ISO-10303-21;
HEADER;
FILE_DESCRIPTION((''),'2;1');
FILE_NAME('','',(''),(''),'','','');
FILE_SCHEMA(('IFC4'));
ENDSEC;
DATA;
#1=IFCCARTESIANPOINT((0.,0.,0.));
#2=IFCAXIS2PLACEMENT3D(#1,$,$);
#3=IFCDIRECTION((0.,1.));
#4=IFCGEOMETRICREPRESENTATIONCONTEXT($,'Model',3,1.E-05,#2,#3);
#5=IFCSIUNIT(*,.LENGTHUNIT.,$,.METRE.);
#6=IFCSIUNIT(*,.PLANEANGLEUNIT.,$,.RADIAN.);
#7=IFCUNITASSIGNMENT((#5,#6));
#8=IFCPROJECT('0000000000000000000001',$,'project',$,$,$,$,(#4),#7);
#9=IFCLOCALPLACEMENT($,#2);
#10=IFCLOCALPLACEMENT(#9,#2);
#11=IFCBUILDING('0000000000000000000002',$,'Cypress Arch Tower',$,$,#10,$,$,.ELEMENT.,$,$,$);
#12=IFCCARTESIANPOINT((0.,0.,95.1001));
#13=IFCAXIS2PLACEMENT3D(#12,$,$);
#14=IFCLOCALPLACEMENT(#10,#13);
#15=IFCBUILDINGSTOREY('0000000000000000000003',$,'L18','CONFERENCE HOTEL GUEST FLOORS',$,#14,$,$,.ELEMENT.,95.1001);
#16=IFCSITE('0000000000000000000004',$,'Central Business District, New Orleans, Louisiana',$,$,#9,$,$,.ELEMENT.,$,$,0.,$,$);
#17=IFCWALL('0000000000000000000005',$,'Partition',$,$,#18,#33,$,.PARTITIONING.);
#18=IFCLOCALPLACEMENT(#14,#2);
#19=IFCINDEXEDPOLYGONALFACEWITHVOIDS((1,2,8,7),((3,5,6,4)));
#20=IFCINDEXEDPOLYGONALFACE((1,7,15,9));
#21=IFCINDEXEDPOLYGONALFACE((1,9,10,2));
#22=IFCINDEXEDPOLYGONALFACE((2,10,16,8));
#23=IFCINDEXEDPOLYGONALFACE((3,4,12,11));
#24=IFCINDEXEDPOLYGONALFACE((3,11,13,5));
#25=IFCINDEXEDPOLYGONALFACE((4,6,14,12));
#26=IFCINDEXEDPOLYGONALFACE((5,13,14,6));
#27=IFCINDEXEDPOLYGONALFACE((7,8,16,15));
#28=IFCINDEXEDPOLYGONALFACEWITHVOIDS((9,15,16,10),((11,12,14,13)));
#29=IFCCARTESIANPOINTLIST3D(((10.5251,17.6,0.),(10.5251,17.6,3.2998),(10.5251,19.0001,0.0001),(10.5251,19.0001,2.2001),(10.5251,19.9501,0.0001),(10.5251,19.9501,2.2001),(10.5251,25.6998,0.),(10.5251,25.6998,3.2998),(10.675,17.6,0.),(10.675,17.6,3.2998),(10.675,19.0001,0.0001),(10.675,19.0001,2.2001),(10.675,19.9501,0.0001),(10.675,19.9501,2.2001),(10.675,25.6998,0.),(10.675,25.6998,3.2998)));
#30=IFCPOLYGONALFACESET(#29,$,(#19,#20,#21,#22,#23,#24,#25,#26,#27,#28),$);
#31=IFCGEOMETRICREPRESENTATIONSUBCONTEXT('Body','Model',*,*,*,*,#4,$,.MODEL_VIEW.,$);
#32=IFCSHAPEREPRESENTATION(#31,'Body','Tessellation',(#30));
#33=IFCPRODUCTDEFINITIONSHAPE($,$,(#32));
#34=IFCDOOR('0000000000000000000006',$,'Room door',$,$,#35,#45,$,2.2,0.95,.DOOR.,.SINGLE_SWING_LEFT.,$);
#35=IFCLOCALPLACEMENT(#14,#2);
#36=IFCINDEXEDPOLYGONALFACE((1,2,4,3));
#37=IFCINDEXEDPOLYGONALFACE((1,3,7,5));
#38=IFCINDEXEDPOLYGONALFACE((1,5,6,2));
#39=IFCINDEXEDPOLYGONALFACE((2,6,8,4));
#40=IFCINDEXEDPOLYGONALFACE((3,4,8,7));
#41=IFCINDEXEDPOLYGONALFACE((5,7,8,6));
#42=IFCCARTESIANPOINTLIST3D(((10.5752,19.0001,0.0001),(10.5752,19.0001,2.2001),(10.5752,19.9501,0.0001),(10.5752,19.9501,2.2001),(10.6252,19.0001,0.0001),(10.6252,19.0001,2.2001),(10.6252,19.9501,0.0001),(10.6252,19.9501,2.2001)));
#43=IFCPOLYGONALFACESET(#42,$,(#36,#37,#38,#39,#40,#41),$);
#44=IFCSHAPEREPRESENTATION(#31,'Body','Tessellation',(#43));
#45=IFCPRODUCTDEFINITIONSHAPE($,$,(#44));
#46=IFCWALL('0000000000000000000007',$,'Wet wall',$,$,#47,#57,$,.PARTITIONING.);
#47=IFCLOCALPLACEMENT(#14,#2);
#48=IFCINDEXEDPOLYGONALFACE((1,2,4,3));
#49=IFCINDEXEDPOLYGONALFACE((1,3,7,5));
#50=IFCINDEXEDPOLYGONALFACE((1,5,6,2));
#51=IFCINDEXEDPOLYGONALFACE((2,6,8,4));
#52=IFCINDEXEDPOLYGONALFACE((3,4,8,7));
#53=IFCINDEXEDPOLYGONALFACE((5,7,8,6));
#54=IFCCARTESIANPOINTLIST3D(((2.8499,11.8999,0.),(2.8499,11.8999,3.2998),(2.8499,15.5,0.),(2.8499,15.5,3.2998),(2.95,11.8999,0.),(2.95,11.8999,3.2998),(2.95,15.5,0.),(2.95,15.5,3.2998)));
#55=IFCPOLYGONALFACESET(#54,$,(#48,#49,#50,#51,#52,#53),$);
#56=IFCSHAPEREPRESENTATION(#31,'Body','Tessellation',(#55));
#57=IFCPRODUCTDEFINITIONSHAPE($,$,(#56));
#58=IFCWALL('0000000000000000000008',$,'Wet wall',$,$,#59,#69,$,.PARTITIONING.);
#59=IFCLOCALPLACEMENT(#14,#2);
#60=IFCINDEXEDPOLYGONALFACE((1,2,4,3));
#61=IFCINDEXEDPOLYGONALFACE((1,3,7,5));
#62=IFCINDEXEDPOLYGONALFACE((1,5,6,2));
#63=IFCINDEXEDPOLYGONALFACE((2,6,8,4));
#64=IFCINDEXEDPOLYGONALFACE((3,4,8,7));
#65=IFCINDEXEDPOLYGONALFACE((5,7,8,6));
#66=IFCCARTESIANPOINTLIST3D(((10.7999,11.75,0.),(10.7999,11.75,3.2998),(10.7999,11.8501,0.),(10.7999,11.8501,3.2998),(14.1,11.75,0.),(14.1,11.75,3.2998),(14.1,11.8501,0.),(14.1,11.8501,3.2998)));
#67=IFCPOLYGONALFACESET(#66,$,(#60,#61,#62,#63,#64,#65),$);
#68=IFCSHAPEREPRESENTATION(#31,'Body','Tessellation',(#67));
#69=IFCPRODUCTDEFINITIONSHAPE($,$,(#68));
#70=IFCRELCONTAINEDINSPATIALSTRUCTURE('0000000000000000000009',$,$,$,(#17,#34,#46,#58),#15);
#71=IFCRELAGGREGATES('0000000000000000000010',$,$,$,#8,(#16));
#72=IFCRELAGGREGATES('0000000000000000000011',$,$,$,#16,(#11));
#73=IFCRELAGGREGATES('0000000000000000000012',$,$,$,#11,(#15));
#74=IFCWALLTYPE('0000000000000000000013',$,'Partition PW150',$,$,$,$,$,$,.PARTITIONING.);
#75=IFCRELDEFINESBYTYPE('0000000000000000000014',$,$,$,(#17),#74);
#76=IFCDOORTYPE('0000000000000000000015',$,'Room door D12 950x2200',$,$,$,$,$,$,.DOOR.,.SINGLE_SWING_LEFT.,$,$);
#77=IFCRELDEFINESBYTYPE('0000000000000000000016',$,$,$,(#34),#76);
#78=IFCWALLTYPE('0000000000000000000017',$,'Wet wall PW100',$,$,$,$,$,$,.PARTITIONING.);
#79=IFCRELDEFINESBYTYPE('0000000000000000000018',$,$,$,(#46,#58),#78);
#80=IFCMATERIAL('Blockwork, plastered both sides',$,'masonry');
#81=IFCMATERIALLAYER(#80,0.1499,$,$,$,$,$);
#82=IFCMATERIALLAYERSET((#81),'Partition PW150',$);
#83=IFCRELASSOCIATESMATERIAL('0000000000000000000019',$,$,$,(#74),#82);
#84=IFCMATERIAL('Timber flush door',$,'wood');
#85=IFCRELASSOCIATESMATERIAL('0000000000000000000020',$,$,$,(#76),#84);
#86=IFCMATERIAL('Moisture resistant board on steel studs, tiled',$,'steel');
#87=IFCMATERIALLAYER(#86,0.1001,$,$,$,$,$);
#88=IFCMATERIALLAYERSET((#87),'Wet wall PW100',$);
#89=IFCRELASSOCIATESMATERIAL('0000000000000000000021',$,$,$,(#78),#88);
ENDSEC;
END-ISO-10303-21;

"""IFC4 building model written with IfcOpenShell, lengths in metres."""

from ifc_helpers import new_model, si_unit, direction, frame, frame_2d, origin, place, context, subcontext, project, spatial, rectangle, extrude, material, layer, layer_set, type_object, element, fill, save


model = new_model("IFC4")

# Units and contexts
model_context = context("Model", 3, precision=1e-05, world=origin(), true_north=direction((0.0, 1.0)))
body_context = subcontext(model_context, "Body", "Model", "MODEL_VIEW")
ifc_project = project(units=[si_unit("LENGTHUNIT", "METRE"), si_unit("PLANEANGLEUNIT", "RADIAN")], contexts=[model_context])

# Site, building, storey
site_placement = place(None, origin())
site = spatial("IfcSite", under=ifc_project, at=site_placement, Name="Central Business District, New Orleans, Louisiana", CompositionType="ELEMENT", RefElevation=0.0)
building_placement = place(site_placement, origin())
building = spatial("IfcBuilding", under=site, at=building_placement, Name="Cypress Arch Tower", CompositionType="ELEMENT")
storey_placement = place(building_placement, frame((0.0, 0.0, 95.1001)))
storey = spatial("IfcBuildingStorey", under=building, at=storey_placement, Name="L18", Description="CONFERENCE HOTEL GUEST FLOORS", CompositionType="ELEMENT", Elevation=95.1001)

# Shared definitions
ifc_material_1 = material(Name="Blockwork, plastered both sides", Category="masonry")
ifc_layer_1 = layer(ifc_material_1, 0.1499)
ifc_layer_set_1 = layer_set([ifc_layer_1], Name="Partition PW150")
wall_type_1 = type_object("IfcWallType", Name="Partition PW150", PredefinedType="PARTITIONING", material=ifc_layer_set_1)

# Wall, opening, door
wall_1_placement = place(storey_placement, frame((10.6001, 17.6001, 0.0), z_axis=(0.0, 0.0, 1.0), x_axis=(0.0, 1.0, 0.0)))
wall_1 = element("IfcWall", 1, at=wall_1_placement, inside=storey, type_object=wall_type_1, Name="Partition", PredefinedType="PARTITIONING", context=body_context, shape_type="SweptSolid", body=[
    extrude(rectangle(XDim=8.0999, YDim=0.1499, at=frame_2d((4.0498, 0.0))), origin(), (0.0, 0.0, 1.0), 3.2998),
])
opening_1_placement = place(wall_1_placement, frame((1.3999, 0.0, 0.0)))
opening_1 = element("IfcOpeningElement", 2, at=opening_1_placement, cuts=wall_1, PredefinedType="OPENING", context=body_context, shape_type="SweptSolid", body=[
    extrude(rectangle(XDim=0.95, YDim=2.2, at=frame_2d((0.4751, 1.1001))), frame((0.0, 0.085, 0.0), z_axis=(0.0, -1.0, 0.0), x_axis=(1.0, 0.0, 0.0)), (0.0, 0.0, 1.0), 0.1699),
])
ifc_material_2 = material(Name="Timber flush door", Category="wood")
door_type_1 = type_object("IfcDoorType", Name="Room door D12 950x2200", OperationType="SINGLE_SWING_LEFT", PredefinedType="DOOR", material=ifc_material_2)
door_1_placement = place(opening_1_placement, origin())
door_1 = element("IfcDoor", 3, at=door_1_placement, inside=storey, type_object=door_type_1, Name="Room door", OperationType="SINGLE_SWING_LEFT", OverallHeight=2.2, OverallWidth=0.95, PredefinedType="DOOR", context=body_context, shape_type="SweptSolid", body=[
    extrude(rectangle(XDim=0.95, YDim=2.2, at=frame_2d((0.4751, 1.1001))), frame((0.0, 0.0249, 0.0), z_axis=(0.0, -1.0, 0.0), x_axis=(1.0, 0.0, 0.0)), (0.0, 0.0, 1.0), 0.05),
])
fill(opening_1, door_1)

# Walls
ifc_material_3 = material(Name="Moisture resistant board on steel studs, tiled", Category="steel")
ifc_layer_2 = layer(ifc_material_3, 0.1001)
ifc_layer_set_2 = layer_set([ifc_layer_2], Name="Wet wall PW100")
wall_type_2 = type_object("IfcWallType", Name="Wet wall PW100", PredefinedType="PARTITIONING", material=ifc_layer_set_2)
wall_2_placement = place(storey_placement, frame((2.8999, 11.8999, 0.0), z_axis=(0.0, 0.0, 1.0), x_axis=(0.0, 1.0, 0.0)))
element("IfcWall", 4, at=wall_2_placement, inside=storey, type_object=wall_type_2, Name="Wet wall", PredefinedType="PARTITIONING", context=body_context, shape_type="SweptSolid", body=[
    extrude(rectangle(XDim=3.6001, YDim=0.1001, at=frame_2d((1.8, 0.0))), origin(), (0.0, 0.0, 1.0), 3.2998),
])
wall_3_placement = place(storey_placement, frame((10.8, 11.8, 0.0), z_axis=(0.0, 0.0, 1.0), x_axis=(1.0, 0.0, 0.0)))
element("IfcWall", 5, at=wall_3_placement, inside=storey, type_object=wall_type_2, Name="Wet wall", PredefinedType="PARTITIONING", context=body_context, shape_type="SweptSolid", body=[
    extrude(rectangle(XDim=3.3, YDim=0.1001, at=frame_2d((1.6499, 0.0))), origin(), (0.0, 0.0, 1.0), 3.2998),
])

save(model, "model.ifc")
